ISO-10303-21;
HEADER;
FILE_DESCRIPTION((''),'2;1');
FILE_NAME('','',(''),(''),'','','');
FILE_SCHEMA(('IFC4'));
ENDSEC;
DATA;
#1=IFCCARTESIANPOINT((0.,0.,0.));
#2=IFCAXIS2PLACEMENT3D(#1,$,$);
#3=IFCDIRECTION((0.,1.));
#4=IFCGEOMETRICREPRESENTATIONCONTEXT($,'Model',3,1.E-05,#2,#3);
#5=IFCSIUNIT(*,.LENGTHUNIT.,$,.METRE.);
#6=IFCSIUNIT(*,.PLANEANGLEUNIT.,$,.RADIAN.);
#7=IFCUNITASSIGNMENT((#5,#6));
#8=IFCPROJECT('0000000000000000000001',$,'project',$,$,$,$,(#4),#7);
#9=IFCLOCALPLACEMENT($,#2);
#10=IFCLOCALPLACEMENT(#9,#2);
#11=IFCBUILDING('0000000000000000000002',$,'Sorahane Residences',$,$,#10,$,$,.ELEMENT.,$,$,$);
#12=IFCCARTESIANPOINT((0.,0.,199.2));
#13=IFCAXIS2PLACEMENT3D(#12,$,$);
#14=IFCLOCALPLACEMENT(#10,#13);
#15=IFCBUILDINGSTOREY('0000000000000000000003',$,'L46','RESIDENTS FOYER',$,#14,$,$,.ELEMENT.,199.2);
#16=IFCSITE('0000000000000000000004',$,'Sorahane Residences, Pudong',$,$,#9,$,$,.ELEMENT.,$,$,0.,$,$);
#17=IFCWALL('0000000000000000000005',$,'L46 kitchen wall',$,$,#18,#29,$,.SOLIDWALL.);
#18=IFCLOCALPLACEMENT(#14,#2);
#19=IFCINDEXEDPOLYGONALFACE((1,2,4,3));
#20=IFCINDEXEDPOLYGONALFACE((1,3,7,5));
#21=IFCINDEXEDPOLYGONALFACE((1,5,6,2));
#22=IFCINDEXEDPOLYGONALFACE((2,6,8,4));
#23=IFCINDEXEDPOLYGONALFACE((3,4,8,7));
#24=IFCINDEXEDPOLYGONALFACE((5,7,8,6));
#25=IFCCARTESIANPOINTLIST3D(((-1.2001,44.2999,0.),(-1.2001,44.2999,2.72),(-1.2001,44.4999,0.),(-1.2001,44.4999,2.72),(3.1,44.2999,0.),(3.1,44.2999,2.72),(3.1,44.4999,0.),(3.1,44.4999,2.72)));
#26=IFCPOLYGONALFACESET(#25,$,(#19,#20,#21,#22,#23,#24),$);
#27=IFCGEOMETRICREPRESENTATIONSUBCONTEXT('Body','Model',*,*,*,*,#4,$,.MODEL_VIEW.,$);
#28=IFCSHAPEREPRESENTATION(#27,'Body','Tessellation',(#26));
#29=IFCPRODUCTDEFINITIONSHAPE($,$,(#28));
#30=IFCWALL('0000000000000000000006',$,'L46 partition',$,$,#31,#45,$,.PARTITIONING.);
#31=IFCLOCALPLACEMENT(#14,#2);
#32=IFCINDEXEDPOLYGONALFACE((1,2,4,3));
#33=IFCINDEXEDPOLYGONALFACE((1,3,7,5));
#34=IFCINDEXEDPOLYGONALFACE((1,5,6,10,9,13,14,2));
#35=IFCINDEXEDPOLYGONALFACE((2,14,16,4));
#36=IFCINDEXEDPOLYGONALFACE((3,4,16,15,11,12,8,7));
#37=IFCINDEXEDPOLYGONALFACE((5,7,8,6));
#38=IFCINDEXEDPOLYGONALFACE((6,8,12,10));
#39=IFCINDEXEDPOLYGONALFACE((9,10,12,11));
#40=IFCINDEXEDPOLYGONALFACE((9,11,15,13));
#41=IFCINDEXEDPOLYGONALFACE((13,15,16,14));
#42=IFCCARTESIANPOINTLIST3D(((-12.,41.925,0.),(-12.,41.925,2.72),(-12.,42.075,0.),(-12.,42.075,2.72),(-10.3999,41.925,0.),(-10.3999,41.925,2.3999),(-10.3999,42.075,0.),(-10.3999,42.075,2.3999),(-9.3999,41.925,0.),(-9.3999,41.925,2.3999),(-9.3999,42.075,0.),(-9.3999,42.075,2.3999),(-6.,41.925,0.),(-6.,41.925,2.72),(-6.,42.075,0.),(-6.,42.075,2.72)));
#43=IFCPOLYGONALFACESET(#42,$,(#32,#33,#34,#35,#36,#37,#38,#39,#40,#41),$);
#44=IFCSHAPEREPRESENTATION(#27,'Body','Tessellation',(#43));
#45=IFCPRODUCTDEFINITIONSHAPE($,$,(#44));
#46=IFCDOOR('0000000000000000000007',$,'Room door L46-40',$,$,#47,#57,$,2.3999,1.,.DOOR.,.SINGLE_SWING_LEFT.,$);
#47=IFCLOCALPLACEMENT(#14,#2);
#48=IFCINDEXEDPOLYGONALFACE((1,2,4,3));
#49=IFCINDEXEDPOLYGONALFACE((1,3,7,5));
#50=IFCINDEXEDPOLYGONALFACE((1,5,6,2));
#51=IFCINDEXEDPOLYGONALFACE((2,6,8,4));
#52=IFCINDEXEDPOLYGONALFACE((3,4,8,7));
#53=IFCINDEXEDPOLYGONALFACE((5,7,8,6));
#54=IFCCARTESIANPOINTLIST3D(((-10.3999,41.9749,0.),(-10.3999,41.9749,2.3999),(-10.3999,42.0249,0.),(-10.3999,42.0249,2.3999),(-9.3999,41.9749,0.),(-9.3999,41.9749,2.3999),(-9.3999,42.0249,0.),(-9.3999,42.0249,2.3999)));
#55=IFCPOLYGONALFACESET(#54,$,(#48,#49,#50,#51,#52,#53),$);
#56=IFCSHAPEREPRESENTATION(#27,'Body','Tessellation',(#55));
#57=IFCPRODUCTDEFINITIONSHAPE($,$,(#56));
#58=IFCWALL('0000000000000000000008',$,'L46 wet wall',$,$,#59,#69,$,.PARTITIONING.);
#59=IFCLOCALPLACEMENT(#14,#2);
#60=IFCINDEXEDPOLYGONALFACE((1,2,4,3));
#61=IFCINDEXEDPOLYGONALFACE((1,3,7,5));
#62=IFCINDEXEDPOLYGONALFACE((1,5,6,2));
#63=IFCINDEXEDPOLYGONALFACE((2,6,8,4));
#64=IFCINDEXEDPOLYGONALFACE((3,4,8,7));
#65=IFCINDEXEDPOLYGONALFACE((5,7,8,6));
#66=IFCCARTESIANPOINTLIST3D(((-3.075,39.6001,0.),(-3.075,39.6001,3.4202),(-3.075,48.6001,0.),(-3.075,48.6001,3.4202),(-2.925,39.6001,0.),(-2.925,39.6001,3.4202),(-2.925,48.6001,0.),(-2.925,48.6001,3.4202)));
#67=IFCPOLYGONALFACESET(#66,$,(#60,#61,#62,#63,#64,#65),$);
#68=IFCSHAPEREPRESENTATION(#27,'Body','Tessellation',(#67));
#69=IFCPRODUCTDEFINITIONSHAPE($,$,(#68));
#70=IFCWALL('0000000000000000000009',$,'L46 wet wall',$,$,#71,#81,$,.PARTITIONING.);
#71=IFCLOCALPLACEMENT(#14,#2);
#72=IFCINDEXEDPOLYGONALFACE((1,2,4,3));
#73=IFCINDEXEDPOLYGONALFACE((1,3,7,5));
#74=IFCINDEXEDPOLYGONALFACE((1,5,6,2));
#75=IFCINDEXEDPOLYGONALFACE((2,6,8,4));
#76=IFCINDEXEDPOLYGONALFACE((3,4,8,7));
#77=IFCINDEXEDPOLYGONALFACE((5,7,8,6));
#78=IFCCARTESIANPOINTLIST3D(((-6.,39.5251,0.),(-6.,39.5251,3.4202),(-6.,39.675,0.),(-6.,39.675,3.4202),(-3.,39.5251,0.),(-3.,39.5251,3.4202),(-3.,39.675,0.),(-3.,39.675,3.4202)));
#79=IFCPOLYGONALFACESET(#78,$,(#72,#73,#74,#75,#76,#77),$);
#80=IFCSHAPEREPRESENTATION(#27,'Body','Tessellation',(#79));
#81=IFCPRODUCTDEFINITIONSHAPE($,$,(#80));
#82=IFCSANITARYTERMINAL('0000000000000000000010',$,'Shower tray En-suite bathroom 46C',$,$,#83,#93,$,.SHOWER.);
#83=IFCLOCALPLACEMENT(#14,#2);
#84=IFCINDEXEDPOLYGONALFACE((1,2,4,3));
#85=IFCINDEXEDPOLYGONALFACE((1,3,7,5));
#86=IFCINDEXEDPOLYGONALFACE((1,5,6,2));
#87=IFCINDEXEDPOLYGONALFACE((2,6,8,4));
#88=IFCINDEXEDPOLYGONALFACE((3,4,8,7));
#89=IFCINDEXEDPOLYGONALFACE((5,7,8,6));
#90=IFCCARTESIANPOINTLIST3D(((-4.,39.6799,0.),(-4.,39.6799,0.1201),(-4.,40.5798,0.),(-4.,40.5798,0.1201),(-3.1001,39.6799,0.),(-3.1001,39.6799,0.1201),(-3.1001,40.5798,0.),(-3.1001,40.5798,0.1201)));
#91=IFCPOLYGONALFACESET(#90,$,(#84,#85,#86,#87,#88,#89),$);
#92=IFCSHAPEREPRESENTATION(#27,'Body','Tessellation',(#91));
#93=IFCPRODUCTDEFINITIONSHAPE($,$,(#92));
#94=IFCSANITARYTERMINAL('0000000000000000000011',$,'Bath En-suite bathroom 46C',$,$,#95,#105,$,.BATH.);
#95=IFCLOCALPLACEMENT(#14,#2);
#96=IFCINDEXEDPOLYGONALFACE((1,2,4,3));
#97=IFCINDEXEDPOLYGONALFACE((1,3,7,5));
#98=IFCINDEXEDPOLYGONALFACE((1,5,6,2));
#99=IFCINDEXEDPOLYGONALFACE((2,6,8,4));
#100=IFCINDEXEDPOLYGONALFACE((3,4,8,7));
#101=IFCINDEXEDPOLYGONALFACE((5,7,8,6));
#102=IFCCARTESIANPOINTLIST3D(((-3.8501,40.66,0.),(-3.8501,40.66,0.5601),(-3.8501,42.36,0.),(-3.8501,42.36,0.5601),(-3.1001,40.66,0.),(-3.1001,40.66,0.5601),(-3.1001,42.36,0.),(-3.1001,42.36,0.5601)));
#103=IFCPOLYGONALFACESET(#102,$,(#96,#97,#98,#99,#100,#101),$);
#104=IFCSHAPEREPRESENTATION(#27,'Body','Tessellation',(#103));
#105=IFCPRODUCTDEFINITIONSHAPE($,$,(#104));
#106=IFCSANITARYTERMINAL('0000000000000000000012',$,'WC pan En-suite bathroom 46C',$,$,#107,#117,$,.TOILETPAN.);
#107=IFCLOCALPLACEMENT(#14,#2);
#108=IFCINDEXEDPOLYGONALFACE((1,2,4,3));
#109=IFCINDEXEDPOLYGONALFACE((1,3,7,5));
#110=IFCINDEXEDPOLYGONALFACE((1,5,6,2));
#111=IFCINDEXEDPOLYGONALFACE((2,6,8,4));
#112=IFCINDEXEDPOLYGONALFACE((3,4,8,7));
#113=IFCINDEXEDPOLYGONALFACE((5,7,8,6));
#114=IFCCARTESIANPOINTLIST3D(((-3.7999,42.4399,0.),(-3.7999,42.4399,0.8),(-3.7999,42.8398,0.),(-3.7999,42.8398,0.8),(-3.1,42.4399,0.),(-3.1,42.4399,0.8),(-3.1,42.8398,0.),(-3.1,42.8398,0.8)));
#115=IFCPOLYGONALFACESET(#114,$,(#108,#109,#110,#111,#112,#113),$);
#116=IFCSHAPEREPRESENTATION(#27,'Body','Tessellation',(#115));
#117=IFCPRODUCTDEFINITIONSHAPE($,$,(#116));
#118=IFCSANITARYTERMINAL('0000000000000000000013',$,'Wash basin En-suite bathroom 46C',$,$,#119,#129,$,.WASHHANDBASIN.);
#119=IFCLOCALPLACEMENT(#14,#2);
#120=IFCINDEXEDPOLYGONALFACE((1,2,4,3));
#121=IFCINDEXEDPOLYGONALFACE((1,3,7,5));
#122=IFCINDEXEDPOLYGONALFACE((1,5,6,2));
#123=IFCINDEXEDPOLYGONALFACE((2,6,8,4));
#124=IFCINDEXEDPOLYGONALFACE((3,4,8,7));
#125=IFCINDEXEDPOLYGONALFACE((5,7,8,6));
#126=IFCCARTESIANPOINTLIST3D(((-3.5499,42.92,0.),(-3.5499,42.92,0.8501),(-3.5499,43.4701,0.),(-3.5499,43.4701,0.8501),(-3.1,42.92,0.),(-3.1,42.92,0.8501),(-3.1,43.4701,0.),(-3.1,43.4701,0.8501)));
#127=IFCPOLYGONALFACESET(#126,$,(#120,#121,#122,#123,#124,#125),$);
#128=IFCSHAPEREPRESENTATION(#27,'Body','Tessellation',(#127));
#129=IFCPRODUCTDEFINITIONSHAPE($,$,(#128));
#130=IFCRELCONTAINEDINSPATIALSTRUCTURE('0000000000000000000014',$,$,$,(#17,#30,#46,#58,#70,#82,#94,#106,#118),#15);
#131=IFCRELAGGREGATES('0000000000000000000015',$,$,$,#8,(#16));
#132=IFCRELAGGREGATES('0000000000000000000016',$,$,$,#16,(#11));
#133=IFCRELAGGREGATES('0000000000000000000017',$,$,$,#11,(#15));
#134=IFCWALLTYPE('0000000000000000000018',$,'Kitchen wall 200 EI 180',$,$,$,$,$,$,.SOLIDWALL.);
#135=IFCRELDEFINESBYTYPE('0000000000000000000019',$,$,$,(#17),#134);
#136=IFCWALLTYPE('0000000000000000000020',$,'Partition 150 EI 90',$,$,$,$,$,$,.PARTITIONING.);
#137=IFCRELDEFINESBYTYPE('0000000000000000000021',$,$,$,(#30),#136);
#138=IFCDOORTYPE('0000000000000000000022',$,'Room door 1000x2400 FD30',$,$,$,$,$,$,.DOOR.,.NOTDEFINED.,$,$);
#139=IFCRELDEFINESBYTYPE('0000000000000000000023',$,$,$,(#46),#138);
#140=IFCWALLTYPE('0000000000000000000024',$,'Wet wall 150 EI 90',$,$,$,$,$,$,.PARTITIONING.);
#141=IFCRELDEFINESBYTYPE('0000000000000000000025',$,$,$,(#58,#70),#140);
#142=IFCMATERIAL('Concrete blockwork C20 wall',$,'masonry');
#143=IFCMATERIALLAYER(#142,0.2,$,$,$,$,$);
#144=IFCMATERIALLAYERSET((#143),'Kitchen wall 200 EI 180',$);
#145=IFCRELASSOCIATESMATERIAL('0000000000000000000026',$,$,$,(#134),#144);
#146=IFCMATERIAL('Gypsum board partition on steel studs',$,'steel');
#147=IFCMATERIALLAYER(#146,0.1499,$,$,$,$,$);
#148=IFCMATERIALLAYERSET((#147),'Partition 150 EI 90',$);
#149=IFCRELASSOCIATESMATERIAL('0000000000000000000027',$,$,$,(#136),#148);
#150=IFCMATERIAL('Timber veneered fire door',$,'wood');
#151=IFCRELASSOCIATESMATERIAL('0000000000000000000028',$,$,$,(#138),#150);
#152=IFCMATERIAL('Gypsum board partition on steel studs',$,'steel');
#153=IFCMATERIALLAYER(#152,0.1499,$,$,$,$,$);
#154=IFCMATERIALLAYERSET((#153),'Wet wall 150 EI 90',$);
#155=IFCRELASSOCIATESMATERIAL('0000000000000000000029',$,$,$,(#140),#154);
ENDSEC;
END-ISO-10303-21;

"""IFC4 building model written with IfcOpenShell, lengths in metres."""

from ifc_helpers import new_model, si_unit, direction, frame, frame_2d, origin, origin_2d, place, context, subcontext, project, spatial, rectangle, extrude, material, layer, layer_set, type_object, element, fill, save


model = new_model("IFC4")

# Units and contexts
model_context = context("Model", 3, precision=1e-05, world=origin(), true_north=direction((0.0, 1.0)))
body_context = subcontext(model_context, "Body", "Model", "MODEL_VIEW")
ifc_project = project(units=[si_unit("LENGTHUNIT", "METRE"), si_unit("PLANEANGLEUNIT", "RADIAN")], contexts=[model_context])

# Site, building, storey
site_placement = place(None, origin())
site = spatial("IfcSite", under=ifc_project, at=site_placement, Name="Sorahane Residences, Pudong", CompositionType="ELEMENT", RefElevation=0.0)
building_placement = place(site_placement, origin())
building = spatial("IfcBuilding", under=site, at=building_placement, Name="Sorahane Residences", CompositionType="ELEMENT")
storey_placement = place(building_placement, frame((0.0, 0.0, 199.2)))
storey = spatial("IfcBuildingStorey", under=building, at=storey_placement, Name="L46", Description="RESIDENTS FOYER", CompositionType="ELEMENT", Elevation=199.2)

# Shared definitions
ifc_material_1 = material(Name="Concrete blockwork C20 wall", Category="masonry")
ifc_layer_1 = layer(ifc_material_1, 0.2)
ifc_layer_set_1 = layer_set([ifc_layer_1], Name="Kitchen wall 200 EI 180")
wall_type_1 = type_object("IfcWallType", Name="Kitchen wall 200 EI 180", PredefinedType="SOLIDWALL", material=ifc_layer_set_1)

# Wall
wall_1_placement = place(storey_placement, frame((-1.2, 44.3999, 0.0), z_axis=(0.0, 0.0, 1.0), x_axis=(1.0, 0.0, 0.0)))
element("IfcWall", 1, at=wall_1_placement, inside=storey, type_object=wall_type_1, Name="L46 kitchen wall", PredefinedType="SOLIDWALL", context=body_context, shape_type="SweptSolid", body=[
    extrude(rectangle(XDim=4.3, YDim=0.2, at=frame_2d((2.1499, 0.0))), origin(), (0.0, 0.0, 1.0), 2.72),
])

# Wall, opening, door
ifc_material_2 = material(Name="Gypsum board partition on steel studs", Category="steel")
ifc_layer_2 = layer(ifc_material_2, 0.1499)
ifc_layer_set_2 = layer_set([ifc_layer_2], Name="Partition 150 EI 90")
wall_type_2 = type_object("IfcWallType", Name="Partition 150 EI 90", PredefinedType="PARTITIONING", material=ifc_layer_set_2)
wall_2_placement = place(storey_placement, frame((-12.0, 42.0, 0.0), z_axis=(0.0, 0.0, 1.0), x_axis=(1.0, 0.0, 0.0)))
wall_2 = element("IfcWall", 2, at=wall_2_placement, inside=storey, type_object=wall_type_2, Name="L46 partition", PredefinedType="PARTITIONING", context=body_context, shape_type="SweptSolid", body=[
    extrude(rectangle(XDim=6.0, YDim=0.1499, at=frame_2d((3.0, 0.0))), origin(), (0.0, 0.0, 1.0), 2.72),
])
opening_1_placement = place(wall_2_placement, frame((1.6001, 0.0, 0.0)))
opening_1 = element("IfcOpeningElement", 3, at=opening_1_placement, cuts=wall_2, PredefinedType="OPENING", context=body_context, shape_type="SweptSolid", body=[
    extrude(rectangle(XDim=1.0, YDim=2.3999, at=frame_2d((0.5, 1.2))), frame((0.0, 0.085, 0.0), z_axis=(0.0, -1.0, 0.0), x_axis=(1.0, 0.0, 0.0)), (0.0, 0.0, 1.0), 0.1699),
])
ifc_material_3 = material(Name="Timber veneered fire door", Category="wood")
door_type_1 = type_object("IfcDoorType", Name="Room door 1000x2400 FD30", OperationType="NOTDEFINED", PredefinedType="DOOR", material=ifc_material_3)
door_1_placement = place(opening_1_placement, origin())
door_1 = element("IfcDoor", 4, at=door_1_placement, inside=storey, type_object=door_type_1, Name="Room door L46-40", OperationType="SINGLE_SWING_LEFT", OverallHeight=2.3999, OverallWidth=1.0, PredefinedType="DOOR", context=body_context, shape_type="SweptSolid", body=[
    extrude(rectangle(XDim=1.0, YDim=2.3999, at=frame_2d((0.5, 1.2))), frame((0.0, 0.0249, 0.0), z_axis=(0.0, -1.0, 0.0), x_axis=(1.0, 0.0, 0.0)), (0.0, 0.0, 1.0), 0.05),
])
fill(opening_1, door_1)

# Walls
ifc_material_4 = material(Name="Gypsum board partition on steel studs", Category="steel")
ifc_layer_3 = layer(ifc_material_4, 0.1499)
ifc_layer_set_3 = layer_set([ifc_layer_3], Name="Wet wall 150 EI 90")
wall_type_3 = type_object("IfcWallType", Name="Wet wall 150 EI 90", PredefinedType="PARTITIONING", material=ifc_layer_set_3)
wall_3_placement = place(storey_placement, frame((-3.0, 39.6001, 0.0), z_axis=(0.0, 0.0, 1.0), x_axis=(0.0, 1.0, 0.0)))
element("IfcWall", 5, at=wall_3_placement, inside=storey, type_object=wall_type_3, Name="L46 wet wall", PredefinedType="PARTITIONING", context=body_context, shape_type="SweptSolid", body=[
    extrude(rectangle(XDim=9.0, YDim=0.1499, at=frame_2d((4.5, 0.0))), origin(), (0.0, 0.0, 1.0), 3.4202),
])
wall_4_placement = place(storey_placement, frame((-6.0, 39.6001, 0.0), z_axis=(0.0, 0.0, 1.0), x_axis=(1.0, 0.0, 0.0)))
element("IfcWall", 6, at=wall_4_placement, inside=storey, type_object=wall_type_3, Name="L46 wet wall", PredefinedType="PARTITIONING", context=body_context, shape_type="SweptSolid", body=[
    extrude(rectangle(XDim=3.0, YDim=0.1499, at=frame_2d((1.5, 0.0))), origin(), (0.0, 0.0, 1.0), 3.4202),
])

# Sanitary terminals
sanitary_terminal_1_placement = place(storey_placement, frame((-3.55, 40.1299, 0.0), z_axis=(0.0, 0.0, 1.0), x_axis=(0.0, -1.0, 0.0)))
element("IfcSanitaryTerminal", 7, at=sanitary_terminal_1_placement, inside=storey, Name="Shower tray En-suite bathroom 46C", PredefinedType="SHOWER", context=body_context, shape_type="SweptSolid", body=[
    extrude(rectangle(XDim=0.8999, YDim=0.8999, at=origin_2d()), origin(), (0.0, 0.0, 1.0), 0.1201),
])
sanitary_terminal_2_placement = place(storey_placement, frame((-3.4751, 41.51, 0.0), z_axis=(0.0, 0.0, 1.0), x_axis=(0.0, -1.0, 0.0)))
element("IfcSanitaryTerminal", 8, at=sanitary_terminal_2_placement, inside=storey, Name="Bath En-suite bathroom 46C", PredefinedType="BATH", context=body_context, shape_type="SweptSolid", body=[
    extrude(rectangle(XDim=1.7, YDim=0.75, at=origin_2d()), origin(), (0.0, 0.0, 1.0), 0.5601),
])
sanitary_terminal_3_placement = place(storey_placement, frame((-3.45, 42.6399, 0.0), z_axis=(0.0, 0.0, 1.0), x_axis=(0.0, -1.0, 0.0)))
element("IfcSanitaryTerminal", 9, at=sanitary_terminal_3_placement, inside=storey, Name="WC pan En-suite bathroom 46C", PredefinedType="TOILETPAN", context=body_context, shape_type="SweptSolid", body=[
    extrude(rectangle(XDim=0.3999, YDim=0.7, at=origin_2d()), origin(), (0.0, 0.0, 1.0), 0.8),
])
sanitary_terminal_4_placement = place(storey_placement, frame((-3.325, 43.1951, 0.0), z_axis=(0.0, 0.0, 1.0), x_axis=(0.0, -1.0, 0.0)))
element("IfcSanitaryTerminal", 10, at=sanitary_terminal_4_placement, inside=storey, Name="Wash basin En-suite bathroom 46C", PredefinedType="WASHHANDBASIN", context=body_context, shape_type="SweptSolid", body=[
    extrude(rectangle(XDim=0.55, YDim=0.45, at=origin_2d()), origin(), (0.0, 0.0, 1.0), 0.8501),
])

save(model, "model.ifc")
